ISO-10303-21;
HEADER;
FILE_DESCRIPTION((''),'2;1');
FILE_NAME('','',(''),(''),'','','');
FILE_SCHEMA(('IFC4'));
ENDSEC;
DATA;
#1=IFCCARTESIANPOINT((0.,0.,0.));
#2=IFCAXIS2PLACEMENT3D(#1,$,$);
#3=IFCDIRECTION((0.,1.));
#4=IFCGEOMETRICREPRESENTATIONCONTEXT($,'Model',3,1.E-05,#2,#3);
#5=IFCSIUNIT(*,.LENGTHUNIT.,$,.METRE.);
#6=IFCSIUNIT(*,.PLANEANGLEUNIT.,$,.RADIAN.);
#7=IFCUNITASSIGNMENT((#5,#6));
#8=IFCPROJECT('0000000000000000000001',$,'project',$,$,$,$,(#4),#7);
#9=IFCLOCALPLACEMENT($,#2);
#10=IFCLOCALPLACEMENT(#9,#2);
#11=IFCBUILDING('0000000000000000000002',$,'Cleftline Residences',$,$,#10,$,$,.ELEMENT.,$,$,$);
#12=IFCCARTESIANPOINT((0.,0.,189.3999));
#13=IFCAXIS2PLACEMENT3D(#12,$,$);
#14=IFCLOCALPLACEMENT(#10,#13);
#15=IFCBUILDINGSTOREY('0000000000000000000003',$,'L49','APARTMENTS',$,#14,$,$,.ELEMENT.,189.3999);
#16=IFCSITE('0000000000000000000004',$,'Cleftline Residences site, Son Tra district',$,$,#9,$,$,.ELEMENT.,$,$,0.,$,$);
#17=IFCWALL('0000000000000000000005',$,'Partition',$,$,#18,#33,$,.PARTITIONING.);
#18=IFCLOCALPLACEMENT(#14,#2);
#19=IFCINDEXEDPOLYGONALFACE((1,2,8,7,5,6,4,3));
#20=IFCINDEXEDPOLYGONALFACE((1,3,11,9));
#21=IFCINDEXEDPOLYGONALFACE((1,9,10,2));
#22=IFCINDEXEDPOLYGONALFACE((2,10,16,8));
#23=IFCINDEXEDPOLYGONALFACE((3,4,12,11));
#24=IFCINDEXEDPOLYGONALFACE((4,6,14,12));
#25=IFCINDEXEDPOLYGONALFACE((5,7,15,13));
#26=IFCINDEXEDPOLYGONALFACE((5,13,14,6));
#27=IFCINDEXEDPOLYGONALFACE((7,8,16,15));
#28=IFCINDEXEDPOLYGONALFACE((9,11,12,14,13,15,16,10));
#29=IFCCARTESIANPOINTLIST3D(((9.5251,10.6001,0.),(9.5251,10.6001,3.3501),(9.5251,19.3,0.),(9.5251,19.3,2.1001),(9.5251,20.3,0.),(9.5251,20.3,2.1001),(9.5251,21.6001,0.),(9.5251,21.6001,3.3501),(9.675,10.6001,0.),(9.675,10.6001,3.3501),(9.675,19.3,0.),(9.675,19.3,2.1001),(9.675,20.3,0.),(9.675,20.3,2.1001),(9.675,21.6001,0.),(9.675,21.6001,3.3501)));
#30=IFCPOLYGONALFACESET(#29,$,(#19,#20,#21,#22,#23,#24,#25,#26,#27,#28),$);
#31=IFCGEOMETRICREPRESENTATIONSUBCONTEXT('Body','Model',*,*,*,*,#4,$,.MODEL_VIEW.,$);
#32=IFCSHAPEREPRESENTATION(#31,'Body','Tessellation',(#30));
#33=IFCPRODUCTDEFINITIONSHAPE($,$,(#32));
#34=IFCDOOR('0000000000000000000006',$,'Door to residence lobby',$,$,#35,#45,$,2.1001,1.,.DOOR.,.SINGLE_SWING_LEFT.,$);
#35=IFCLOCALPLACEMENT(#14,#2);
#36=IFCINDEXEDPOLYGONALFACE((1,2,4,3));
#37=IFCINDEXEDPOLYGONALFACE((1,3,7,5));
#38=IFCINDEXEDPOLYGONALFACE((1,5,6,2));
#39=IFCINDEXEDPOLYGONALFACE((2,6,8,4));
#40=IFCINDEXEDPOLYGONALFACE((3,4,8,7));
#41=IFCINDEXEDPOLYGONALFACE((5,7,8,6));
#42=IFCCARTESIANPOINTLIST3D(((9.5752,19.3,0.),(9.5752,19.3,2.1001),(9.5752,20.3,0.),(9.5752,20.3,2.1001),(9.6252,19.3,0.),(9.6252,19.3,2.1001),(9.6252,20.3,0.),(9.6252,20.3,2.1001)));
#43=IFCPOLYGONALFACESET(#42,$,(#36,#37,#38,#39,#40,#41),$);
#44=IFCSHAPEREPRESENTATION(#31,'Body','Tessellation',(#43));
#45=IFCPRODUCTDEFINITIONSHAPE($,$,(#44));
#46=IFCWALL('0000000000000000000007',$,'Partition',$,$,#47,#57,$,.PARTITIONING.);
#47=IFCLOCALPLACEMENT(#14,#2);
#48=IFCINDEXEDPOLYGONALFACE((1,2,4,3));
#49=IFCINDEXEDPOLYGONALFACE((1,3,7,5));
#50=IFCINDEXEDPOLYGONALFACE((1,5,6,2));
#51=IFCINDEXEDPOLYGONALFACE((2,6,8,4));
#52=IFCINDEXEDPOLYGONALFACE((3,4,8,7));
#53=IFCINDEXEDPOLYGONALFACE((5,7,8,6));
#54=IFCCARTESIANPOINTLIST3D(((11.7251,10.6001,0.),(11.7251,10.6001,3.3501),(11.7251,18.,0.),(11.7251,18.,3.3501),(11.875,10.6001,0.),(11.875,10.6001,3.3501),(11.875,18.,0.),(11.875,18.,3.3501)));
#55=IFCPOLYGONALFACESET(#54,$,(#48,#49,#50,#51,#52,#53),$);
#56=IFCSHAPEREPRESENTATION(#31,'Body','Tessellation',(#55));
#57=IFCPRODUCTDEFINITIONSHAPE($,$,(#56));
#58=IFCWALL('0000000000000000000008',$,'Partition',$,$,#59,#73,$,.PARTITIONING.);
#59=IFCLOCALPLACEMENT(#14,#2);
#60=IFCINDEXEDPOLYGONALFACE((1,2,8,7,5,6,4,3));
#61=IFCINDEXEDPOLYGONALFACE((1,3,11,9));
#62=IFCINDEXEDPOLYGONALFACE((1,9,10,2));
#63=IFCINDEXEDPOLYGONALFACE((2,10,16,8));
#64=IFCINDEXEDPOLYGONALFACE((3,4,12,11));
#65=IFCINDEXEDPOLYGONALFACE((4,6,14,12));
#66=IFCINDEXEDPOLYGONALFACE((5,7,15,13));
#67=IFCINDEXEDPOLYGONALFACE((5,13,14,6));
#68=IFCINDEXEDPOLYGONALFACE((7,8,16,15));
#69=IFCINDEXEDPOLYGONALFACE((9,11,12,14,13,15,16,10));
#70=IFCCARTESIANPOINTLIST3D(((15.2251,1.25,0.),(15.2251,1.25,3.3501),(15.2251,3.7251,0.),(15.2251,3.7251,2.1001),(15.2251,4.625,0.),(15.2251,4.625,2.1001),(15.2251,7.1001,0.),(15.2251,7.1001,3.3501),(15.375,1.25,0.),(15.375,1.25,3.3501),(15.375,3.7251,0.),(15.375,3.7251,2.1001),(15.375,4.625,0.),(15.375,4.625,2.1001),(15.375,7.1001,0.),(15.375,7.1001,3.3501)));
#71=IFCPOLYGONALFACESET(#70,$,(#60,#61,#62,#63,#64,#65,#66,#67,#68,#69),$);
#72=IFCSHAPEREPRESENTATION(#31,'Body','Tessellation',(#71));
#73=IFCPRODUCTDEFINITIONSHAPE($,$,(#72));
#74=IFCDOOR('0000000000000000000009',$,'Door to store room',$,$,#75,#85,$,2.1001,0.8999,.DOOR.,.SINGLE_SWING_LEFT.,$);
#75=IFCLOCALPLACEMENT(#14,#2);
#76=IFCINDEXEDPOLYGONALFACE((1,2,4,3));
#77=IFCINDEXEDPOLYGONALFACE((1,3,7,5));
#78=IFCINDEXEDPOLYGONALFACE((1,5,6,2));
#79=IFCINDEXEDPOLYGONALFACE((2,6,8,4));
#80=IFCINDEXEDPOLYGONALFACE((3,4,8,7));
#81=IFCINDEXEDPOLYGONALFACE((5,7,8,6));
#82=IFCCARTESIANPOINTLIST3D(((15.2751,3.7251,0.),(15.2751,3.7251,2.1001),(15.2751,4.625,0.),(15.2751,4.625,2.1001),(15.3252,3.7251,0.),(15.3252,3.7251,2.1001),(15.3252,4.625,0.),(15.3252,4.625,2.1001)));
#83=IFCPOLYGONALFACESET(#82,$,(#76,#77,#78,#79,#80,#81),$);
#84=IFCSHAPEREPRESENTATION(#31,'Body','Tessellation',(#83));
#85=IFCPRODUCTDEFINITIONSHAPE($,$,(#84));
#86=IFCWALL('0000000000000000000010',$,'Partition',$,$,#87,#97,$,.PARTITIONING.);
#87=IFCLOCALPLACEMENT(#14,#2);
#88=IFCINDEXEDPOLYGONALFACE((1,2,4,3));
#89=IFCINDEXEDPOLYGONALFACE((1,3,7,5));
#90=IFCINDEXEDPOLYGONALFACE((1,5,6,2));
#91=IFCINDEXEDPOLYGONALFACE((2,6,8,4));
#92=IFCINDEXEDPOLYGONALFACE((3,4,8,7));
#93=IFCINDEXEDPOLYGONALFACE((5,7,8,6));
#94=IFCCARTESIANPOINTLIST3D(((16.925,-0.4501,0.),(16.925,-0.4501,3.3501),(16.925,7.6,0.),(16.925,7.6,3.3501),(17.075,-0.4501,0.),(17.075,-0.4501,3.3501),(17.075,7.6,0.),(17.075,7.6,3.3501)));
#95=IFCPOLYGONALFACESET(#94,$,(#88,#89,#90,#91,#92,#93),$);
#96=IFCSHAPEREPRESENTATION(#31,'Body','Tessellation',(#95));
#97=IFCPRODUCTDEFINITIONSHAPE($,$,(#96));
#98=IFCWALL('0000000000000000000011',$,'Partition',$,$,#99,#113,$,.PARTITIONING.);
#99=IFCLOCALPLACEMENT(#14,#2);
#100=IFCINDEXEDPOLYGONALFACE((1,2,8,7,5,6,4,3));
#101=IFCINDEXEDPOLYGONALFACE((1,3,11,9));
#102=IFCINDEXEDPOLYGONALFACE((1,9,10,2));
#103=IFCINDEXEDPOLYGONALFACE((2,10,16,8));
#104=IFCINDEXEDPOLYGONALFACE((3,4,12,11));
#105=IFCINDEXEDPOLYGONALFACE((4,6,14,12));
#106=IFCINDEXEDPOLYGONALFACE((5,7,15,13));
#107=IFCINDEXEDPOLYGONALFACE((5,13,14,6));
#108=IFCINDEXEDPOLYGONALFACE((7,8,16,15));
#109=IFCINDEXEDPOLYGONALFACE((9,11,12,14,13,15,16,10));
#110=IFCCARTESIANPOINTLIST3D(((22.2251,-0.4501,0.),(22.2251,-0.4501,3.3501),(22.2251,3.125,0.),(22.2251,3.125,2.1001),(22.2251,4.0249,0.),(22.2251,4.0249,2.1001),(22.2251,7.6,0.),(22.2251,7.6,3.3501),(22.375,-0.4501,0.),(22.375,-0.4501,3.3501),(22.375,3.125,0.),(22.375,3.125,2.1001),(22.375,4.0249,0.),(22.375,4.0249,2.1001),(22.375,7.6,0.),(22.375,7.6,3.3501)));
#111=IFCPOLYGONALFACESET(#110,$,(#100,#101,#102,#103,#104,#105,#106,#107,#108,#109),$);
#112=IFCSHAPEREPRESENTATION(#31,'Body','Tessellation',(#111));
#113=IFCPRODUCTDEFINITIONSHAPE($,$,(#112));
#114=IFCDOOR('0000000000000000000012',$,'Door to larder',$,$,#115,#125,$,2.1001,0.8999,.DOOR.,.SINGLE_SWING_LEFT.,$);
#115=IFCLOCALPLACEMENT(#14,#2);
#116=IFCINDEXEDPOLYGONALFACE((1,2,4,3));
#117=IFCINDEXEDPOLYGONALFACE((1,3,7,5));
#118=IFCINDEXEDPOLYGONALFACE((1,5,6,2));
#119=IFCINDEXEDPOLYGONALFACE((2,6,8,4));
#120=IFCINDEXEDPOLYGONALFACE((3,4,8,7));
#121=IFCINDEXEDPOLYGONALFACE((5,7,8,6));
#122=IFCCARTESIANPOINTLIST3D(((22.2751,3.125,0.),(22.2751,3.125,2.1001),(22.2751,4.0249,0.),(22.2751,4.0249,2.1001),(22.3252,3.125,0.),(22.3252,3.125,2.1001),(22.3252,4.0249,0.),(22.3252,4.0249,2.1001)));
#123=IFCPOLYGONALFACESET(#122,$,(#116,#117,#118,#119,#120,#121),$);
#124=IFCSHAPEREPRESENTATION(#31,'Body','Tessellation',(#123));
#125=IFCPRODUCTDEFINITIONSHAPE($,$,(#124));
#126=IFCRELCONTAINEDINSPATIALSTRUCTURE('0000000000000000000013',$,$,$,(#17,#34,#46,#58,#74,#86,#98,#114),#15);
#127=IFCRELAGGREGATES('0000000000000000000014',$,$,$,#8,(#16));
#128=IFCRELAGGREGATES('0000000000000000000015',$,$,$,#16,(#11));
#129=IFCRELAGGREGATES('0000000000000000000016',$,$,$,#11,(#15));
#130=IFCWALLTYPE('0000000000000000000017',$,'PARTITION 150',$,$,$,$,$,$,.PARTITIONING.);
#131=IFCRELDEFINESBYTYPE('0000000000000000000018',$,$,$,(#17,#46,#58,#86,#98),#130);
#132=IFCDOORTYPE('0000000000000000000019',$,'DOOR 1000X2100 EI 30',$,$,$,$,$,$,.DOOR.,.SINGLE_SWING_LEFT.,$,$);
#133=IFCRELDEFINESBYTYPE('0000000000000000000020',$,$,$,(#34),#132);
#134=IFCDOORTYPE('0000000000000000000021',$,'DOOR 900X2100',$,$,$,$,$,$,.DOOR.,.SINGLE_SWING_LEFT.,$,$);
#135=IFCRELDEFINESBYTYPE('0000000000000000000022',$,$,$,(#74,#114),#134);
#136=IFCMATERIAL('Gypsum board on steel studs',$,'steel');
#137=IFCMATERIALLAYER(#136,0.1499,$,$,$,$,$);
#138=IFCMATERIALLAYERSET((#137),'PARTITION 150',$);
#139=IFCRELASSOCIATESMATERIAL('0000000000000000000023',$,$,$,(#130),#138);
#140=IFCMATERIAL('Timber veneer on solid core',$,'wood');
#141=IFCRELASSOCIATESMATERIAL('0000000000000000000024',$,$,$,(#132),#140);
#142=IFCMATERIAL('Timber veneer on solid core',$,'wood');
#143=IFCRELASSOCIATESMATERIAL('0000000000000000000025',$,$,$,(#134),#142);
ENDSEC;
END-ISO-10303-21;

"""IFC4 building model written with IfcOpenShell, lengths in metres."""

from ifc_helpers import new_model, si_unit, direction, frame, frame_2d, origin, place, context, subcontext, project, spatial, rectangle, extrude, material, layer, layer_set, type_object, element, fill, save


model = new_model("IFC4")

# Units and contexts
model_context = context("Model", 3, precision=1e-05, world=origin(), true_north=direction((0.0, 1.0)))
body_context = subcontext(model_context, "Body", "Model", "MODEL_VIEW")
ifc_project = project(units=[si_unit("LENGTHUNIT", "METRE"), si_unit("PLANEANGLEUNIT", "RADIAN")], contexts=[model_context])

# Site, building, storey
site_placement = place(None, origin())
site = spatial("IfcSite", under=ifc_project, at=site_placement, Name="Cleftline Residences site, Son Tra district", CompositionType="ELEMENT", RefElevation=0.0)
building_placement = place(site_placement, origin())
building = spatial("IfcBuilding", under=site, at=building_placement, Name="Cleftline Residences", CompositionType="ELEMENT")
storey_placement = place(building_placement, frame((0.0, 0.0, 189.3999)))
storey = spatial("IfcBuildingStorey", under=building, at=storey_placement, Name="L49", Description="APARTMENTS", CompositionType="ELEMENT", Elevation=189.3999)

# Wall, opening, door
ifc_material_1 = material(Name="Gypsum board on steel studs", Category="steel")
ifc_layer_1 = layer(ifc_material_1, 0.1499)
ifc_layer_set_1 = layer_set([ifc_layer_1], Name="PARTITION 150")
wall_type = type_object("IfcWallType", Name="PARTITION 150", PredefinedType="PARTITIONING", material=ifc_layer_set_1)
wall_1_placement = place(storey_placement, frame((9.6001, 10.6001, 0.0), z_axis=(0.0, 0.0, 1.0), x_axis=(0.0, 1.0, 0.0)))
wall_1 = element("IfcWall", 1, at=wall_1_placement, inside=storey, type_object=wall_type, Name="Partition", PredefinedType="PARTITIONING", context=body_context, shape_type="SweptSolid", body=[
    extrude(rectangle(XDim=11.0, YDim=0.1499, at=frame_2d((5.5, 0.0))), origin(), (0.0, 0.0, 1.0), 3.3501),
])
opening_1_placement = place(wall_1_placement, frame((8.7, 0.0, 0.0)))
opening_1 = element("IfcOpeningElement", 2, at=opening_1_placement, cuts=wall_1, PredefinedType="OPENING", context=body_context, shape_type="SweptSolid", body=[
    extrude(rectangle(XDim=1.0, YDim=2.1001, at=frame_2d((0.5, 1.05))), frame((0.0, 0.085, 0.0), z_axis=(0.0, -1.0, 0.0), x_axis=(1.0, 0.0, 0.0)), (0.0, 0.0, 1.0), 0.1699),
])
ifc_material_2 = material(Name="Timber veneer on solid core", Category="wood")
door_type_1 = type_object("IfcDoorType", Name="DOOR 1000X2100 EI 30", OperationType="SINGLE_SWING_LEFT", PredefinedType="DOOR", material=ifc_material_2)
door_1_placement = place(opening_1_placement, origin())
door_1 = element("IfcDoor", 3, at=door_1_placement, inside=storey, type_object=door_type_1, Name="Door to residence lobby", OperationType="SINGLE_SWING_LEFT", OverallHeight=2.1001, OverallWidth=1.0, PredefinedType="DOOR", context=body_context, shape_type="SweptSolid", body=[
    extrude(rectangle(XDim=1.0, YDim=2.1001, at=frame_2d((0.5, 1.05))), frame((0.0, 0.0249, 0.0), z_axis=(0.0, -1.0, 0.0), x_axis=(1.0, 0.0, 0.0)), (0.0, 0.0, 1.0), 0.05),
])
fill(opening_1, door_1)

# Wall
wall_2_placement = place(storey_placement, frame((11.8, 10.6001, 0.0), z_axis=(0.0, 0.0, 1.0), x_axis=(0.0, 1.0, 0.0)))
element("IfcWall", 4, at=wall_2_placement, inside=storey, type_object=wall_type, Name="Partition", PredefinedType="PARTITIONING", context=body_context, shape_type="SweptSolid", body=[
    extrude(rectangle(XDim=7.3999, YDim=0.1499, at=frame_2d((3.7, 0.0))), origin(), (0.0, 0.0, 1.0), 3.3501),
])

# Wall, opening, door
wall_3_placement = place(storey_placement, frame((15.3, 1.25, 0.0), z_axis=(0.0, 0.0, 1.0), x_axis=(0.0, 1.0, 0.0)))
wall_3 = element("IfcWall", 5, at=wall_3_placement, inside=storey, type_object=wall_type, Name="Partition", PredefinedType="PARTITIONING", context=body_context, shape_type="SweptSolid", body=[
    extrude(rectangle(XDim=5.8501, YDim=0.1499, at=frame_2d((2.925, 0.0))), origin(), (0.0, 0.0, 1.0), 3.3501),
])
opening_2_placement = place(wall_3_placement, frame((2.4751, 0.0, 0.0)))
opening_2 = element("IfcOpeningElement", 6, at=opening_2_placement, cuts=wall_3, PredefinedType="OPENING", context=body_context, shape_type="SweptSolid", body=[
    extrude(rectangle(XDim=0.8999, YDim=2.1001, at=frame_2d((0.45, 1.05))), frame((0.0, 0.085, 0.0), z_axis=(0.0, -1.0, 0.0), x_axis=(1.0, 0.0, 0.0)), (0.0, 0.0, 1.0), 0.1699),
])
ifc_material_3 = material(Name="Timber veneer on solid core", Category="wood")
door_type_2 = type_object("IfcDoorType", Name="DOOR 900X2100", OperationType="SINGLE_SWING_LEFT", PredefinedType="DOOR", material=ifc_material_3)
door_2_placement = place(opening_2_placement, origin())
door_2 = element("IfcDoor", 7, at=door_2_placement, inside=storey, type_object=door_type_2, Name="Door to store room", OperationType="SINGLE_SWING_LEFT", OverallHeight=2.1001, OverallWidth=0.8999, PredefinedType="DOOR", context=body_context, shape_type="SweptSolid", body=[
    extrude(rectangle(XDim=0.8999, YDim=2.1001, at=frame_2d((0.45, 1.05))), frame((0.0, 0.0249, 0.0), z_axis=(0.0, -1.0, 0.0), x_axis=(1.0, 0.0, 0.0)), (0.0, 0.0, 1.0), 0.05),
])
fill(opening_2, door_2)

# Wall
wall_4_placement = place(storey_placement, frame((17.0, -0.45, 0.0), z_axis=(0.0, 0.0, 1.0), x_axis=(0.0, 1.0, 0.0)))
element("IfcWall", 8, at=wall_4_placement, inside=storey, type_object=wall_type, Name="Partition", PredefinedType="PARTITIONING", context=body_context, shape_type="SweptSolid", body=[
    extrude(rectangle(XDim=8.05, YDim=0.1499, at=frame_2d((4.0249, 0.0))), origin(), (0.0, 0.0, 1.0), 3.3501),
])

# Wall, opening, door
wall_5_placement = place(storey_placement, frame((22.3, -0.45, 0.0), z_axis=(0.0, 0.0, 1.0), x_axis=(0.0, 1.0, 0.0)))
wall_5 = element("IfcWall", 9, at=wall_5_placement, inside=storey, type_object=wall_type, Name="Partition", PredefinedType="PARTITIONING", context=body_context, shape_type="SweptSolid", body=[
    extrude(rectangle(XDim=8.05, YDim=0.1499, at=frame_2d((4.0249, 0.0))), origin(), (0.0, 0.0, 1.0), 3.3501),
])
opening_3_placement = place(wall_5_placement, frame((3.575, 0.0, 0.0)))
opening_3 = element("IfcOpeningElement", 10, at=opening_3_placement, cuts=wall_5, PredefinedType="OPENING", context=body_context, shape_type="SweptSolid", body=[
    extrude(rectangle(XDim=0.8999, YDim=2.1001, at=frame_2d((0.45, 1.05))), frame((0.0, 0.085, 0.0), z_axis=(0.0, -1.0, 0.0), x_axis=(1.0, 0.0, 0.0)), (0.0, 0.0, 1.0), 0.1699),
])
door_3_placement = place(opening_3_placement, origin())
door_3 = element("IfcDoor", 11, at=door_3_placement, inside=storey, type_object=door_type_2, Name="Door to larder", OperationType="SINGLE_SWING_LEFT", OverallHeight=2.1001, OverallWidth=0.8999, PredefinedType="DOOR", context=body_context, shape_type="SweptSolid", body=[
    extrude(rectangle(XDim=0.8999, YDim=2.1001, at=frame_2d((0.45, 1.05))), frame((0.0, 0.0249, 0.0), z_axis=(0.0, -1.0, 0.0), x_axis=(1.0, 0.0, 0.0)), (0.0, 0.0, 1.0), 0.05),
])
fill(opening_3, door_3)

save(model, "model.ifc")
